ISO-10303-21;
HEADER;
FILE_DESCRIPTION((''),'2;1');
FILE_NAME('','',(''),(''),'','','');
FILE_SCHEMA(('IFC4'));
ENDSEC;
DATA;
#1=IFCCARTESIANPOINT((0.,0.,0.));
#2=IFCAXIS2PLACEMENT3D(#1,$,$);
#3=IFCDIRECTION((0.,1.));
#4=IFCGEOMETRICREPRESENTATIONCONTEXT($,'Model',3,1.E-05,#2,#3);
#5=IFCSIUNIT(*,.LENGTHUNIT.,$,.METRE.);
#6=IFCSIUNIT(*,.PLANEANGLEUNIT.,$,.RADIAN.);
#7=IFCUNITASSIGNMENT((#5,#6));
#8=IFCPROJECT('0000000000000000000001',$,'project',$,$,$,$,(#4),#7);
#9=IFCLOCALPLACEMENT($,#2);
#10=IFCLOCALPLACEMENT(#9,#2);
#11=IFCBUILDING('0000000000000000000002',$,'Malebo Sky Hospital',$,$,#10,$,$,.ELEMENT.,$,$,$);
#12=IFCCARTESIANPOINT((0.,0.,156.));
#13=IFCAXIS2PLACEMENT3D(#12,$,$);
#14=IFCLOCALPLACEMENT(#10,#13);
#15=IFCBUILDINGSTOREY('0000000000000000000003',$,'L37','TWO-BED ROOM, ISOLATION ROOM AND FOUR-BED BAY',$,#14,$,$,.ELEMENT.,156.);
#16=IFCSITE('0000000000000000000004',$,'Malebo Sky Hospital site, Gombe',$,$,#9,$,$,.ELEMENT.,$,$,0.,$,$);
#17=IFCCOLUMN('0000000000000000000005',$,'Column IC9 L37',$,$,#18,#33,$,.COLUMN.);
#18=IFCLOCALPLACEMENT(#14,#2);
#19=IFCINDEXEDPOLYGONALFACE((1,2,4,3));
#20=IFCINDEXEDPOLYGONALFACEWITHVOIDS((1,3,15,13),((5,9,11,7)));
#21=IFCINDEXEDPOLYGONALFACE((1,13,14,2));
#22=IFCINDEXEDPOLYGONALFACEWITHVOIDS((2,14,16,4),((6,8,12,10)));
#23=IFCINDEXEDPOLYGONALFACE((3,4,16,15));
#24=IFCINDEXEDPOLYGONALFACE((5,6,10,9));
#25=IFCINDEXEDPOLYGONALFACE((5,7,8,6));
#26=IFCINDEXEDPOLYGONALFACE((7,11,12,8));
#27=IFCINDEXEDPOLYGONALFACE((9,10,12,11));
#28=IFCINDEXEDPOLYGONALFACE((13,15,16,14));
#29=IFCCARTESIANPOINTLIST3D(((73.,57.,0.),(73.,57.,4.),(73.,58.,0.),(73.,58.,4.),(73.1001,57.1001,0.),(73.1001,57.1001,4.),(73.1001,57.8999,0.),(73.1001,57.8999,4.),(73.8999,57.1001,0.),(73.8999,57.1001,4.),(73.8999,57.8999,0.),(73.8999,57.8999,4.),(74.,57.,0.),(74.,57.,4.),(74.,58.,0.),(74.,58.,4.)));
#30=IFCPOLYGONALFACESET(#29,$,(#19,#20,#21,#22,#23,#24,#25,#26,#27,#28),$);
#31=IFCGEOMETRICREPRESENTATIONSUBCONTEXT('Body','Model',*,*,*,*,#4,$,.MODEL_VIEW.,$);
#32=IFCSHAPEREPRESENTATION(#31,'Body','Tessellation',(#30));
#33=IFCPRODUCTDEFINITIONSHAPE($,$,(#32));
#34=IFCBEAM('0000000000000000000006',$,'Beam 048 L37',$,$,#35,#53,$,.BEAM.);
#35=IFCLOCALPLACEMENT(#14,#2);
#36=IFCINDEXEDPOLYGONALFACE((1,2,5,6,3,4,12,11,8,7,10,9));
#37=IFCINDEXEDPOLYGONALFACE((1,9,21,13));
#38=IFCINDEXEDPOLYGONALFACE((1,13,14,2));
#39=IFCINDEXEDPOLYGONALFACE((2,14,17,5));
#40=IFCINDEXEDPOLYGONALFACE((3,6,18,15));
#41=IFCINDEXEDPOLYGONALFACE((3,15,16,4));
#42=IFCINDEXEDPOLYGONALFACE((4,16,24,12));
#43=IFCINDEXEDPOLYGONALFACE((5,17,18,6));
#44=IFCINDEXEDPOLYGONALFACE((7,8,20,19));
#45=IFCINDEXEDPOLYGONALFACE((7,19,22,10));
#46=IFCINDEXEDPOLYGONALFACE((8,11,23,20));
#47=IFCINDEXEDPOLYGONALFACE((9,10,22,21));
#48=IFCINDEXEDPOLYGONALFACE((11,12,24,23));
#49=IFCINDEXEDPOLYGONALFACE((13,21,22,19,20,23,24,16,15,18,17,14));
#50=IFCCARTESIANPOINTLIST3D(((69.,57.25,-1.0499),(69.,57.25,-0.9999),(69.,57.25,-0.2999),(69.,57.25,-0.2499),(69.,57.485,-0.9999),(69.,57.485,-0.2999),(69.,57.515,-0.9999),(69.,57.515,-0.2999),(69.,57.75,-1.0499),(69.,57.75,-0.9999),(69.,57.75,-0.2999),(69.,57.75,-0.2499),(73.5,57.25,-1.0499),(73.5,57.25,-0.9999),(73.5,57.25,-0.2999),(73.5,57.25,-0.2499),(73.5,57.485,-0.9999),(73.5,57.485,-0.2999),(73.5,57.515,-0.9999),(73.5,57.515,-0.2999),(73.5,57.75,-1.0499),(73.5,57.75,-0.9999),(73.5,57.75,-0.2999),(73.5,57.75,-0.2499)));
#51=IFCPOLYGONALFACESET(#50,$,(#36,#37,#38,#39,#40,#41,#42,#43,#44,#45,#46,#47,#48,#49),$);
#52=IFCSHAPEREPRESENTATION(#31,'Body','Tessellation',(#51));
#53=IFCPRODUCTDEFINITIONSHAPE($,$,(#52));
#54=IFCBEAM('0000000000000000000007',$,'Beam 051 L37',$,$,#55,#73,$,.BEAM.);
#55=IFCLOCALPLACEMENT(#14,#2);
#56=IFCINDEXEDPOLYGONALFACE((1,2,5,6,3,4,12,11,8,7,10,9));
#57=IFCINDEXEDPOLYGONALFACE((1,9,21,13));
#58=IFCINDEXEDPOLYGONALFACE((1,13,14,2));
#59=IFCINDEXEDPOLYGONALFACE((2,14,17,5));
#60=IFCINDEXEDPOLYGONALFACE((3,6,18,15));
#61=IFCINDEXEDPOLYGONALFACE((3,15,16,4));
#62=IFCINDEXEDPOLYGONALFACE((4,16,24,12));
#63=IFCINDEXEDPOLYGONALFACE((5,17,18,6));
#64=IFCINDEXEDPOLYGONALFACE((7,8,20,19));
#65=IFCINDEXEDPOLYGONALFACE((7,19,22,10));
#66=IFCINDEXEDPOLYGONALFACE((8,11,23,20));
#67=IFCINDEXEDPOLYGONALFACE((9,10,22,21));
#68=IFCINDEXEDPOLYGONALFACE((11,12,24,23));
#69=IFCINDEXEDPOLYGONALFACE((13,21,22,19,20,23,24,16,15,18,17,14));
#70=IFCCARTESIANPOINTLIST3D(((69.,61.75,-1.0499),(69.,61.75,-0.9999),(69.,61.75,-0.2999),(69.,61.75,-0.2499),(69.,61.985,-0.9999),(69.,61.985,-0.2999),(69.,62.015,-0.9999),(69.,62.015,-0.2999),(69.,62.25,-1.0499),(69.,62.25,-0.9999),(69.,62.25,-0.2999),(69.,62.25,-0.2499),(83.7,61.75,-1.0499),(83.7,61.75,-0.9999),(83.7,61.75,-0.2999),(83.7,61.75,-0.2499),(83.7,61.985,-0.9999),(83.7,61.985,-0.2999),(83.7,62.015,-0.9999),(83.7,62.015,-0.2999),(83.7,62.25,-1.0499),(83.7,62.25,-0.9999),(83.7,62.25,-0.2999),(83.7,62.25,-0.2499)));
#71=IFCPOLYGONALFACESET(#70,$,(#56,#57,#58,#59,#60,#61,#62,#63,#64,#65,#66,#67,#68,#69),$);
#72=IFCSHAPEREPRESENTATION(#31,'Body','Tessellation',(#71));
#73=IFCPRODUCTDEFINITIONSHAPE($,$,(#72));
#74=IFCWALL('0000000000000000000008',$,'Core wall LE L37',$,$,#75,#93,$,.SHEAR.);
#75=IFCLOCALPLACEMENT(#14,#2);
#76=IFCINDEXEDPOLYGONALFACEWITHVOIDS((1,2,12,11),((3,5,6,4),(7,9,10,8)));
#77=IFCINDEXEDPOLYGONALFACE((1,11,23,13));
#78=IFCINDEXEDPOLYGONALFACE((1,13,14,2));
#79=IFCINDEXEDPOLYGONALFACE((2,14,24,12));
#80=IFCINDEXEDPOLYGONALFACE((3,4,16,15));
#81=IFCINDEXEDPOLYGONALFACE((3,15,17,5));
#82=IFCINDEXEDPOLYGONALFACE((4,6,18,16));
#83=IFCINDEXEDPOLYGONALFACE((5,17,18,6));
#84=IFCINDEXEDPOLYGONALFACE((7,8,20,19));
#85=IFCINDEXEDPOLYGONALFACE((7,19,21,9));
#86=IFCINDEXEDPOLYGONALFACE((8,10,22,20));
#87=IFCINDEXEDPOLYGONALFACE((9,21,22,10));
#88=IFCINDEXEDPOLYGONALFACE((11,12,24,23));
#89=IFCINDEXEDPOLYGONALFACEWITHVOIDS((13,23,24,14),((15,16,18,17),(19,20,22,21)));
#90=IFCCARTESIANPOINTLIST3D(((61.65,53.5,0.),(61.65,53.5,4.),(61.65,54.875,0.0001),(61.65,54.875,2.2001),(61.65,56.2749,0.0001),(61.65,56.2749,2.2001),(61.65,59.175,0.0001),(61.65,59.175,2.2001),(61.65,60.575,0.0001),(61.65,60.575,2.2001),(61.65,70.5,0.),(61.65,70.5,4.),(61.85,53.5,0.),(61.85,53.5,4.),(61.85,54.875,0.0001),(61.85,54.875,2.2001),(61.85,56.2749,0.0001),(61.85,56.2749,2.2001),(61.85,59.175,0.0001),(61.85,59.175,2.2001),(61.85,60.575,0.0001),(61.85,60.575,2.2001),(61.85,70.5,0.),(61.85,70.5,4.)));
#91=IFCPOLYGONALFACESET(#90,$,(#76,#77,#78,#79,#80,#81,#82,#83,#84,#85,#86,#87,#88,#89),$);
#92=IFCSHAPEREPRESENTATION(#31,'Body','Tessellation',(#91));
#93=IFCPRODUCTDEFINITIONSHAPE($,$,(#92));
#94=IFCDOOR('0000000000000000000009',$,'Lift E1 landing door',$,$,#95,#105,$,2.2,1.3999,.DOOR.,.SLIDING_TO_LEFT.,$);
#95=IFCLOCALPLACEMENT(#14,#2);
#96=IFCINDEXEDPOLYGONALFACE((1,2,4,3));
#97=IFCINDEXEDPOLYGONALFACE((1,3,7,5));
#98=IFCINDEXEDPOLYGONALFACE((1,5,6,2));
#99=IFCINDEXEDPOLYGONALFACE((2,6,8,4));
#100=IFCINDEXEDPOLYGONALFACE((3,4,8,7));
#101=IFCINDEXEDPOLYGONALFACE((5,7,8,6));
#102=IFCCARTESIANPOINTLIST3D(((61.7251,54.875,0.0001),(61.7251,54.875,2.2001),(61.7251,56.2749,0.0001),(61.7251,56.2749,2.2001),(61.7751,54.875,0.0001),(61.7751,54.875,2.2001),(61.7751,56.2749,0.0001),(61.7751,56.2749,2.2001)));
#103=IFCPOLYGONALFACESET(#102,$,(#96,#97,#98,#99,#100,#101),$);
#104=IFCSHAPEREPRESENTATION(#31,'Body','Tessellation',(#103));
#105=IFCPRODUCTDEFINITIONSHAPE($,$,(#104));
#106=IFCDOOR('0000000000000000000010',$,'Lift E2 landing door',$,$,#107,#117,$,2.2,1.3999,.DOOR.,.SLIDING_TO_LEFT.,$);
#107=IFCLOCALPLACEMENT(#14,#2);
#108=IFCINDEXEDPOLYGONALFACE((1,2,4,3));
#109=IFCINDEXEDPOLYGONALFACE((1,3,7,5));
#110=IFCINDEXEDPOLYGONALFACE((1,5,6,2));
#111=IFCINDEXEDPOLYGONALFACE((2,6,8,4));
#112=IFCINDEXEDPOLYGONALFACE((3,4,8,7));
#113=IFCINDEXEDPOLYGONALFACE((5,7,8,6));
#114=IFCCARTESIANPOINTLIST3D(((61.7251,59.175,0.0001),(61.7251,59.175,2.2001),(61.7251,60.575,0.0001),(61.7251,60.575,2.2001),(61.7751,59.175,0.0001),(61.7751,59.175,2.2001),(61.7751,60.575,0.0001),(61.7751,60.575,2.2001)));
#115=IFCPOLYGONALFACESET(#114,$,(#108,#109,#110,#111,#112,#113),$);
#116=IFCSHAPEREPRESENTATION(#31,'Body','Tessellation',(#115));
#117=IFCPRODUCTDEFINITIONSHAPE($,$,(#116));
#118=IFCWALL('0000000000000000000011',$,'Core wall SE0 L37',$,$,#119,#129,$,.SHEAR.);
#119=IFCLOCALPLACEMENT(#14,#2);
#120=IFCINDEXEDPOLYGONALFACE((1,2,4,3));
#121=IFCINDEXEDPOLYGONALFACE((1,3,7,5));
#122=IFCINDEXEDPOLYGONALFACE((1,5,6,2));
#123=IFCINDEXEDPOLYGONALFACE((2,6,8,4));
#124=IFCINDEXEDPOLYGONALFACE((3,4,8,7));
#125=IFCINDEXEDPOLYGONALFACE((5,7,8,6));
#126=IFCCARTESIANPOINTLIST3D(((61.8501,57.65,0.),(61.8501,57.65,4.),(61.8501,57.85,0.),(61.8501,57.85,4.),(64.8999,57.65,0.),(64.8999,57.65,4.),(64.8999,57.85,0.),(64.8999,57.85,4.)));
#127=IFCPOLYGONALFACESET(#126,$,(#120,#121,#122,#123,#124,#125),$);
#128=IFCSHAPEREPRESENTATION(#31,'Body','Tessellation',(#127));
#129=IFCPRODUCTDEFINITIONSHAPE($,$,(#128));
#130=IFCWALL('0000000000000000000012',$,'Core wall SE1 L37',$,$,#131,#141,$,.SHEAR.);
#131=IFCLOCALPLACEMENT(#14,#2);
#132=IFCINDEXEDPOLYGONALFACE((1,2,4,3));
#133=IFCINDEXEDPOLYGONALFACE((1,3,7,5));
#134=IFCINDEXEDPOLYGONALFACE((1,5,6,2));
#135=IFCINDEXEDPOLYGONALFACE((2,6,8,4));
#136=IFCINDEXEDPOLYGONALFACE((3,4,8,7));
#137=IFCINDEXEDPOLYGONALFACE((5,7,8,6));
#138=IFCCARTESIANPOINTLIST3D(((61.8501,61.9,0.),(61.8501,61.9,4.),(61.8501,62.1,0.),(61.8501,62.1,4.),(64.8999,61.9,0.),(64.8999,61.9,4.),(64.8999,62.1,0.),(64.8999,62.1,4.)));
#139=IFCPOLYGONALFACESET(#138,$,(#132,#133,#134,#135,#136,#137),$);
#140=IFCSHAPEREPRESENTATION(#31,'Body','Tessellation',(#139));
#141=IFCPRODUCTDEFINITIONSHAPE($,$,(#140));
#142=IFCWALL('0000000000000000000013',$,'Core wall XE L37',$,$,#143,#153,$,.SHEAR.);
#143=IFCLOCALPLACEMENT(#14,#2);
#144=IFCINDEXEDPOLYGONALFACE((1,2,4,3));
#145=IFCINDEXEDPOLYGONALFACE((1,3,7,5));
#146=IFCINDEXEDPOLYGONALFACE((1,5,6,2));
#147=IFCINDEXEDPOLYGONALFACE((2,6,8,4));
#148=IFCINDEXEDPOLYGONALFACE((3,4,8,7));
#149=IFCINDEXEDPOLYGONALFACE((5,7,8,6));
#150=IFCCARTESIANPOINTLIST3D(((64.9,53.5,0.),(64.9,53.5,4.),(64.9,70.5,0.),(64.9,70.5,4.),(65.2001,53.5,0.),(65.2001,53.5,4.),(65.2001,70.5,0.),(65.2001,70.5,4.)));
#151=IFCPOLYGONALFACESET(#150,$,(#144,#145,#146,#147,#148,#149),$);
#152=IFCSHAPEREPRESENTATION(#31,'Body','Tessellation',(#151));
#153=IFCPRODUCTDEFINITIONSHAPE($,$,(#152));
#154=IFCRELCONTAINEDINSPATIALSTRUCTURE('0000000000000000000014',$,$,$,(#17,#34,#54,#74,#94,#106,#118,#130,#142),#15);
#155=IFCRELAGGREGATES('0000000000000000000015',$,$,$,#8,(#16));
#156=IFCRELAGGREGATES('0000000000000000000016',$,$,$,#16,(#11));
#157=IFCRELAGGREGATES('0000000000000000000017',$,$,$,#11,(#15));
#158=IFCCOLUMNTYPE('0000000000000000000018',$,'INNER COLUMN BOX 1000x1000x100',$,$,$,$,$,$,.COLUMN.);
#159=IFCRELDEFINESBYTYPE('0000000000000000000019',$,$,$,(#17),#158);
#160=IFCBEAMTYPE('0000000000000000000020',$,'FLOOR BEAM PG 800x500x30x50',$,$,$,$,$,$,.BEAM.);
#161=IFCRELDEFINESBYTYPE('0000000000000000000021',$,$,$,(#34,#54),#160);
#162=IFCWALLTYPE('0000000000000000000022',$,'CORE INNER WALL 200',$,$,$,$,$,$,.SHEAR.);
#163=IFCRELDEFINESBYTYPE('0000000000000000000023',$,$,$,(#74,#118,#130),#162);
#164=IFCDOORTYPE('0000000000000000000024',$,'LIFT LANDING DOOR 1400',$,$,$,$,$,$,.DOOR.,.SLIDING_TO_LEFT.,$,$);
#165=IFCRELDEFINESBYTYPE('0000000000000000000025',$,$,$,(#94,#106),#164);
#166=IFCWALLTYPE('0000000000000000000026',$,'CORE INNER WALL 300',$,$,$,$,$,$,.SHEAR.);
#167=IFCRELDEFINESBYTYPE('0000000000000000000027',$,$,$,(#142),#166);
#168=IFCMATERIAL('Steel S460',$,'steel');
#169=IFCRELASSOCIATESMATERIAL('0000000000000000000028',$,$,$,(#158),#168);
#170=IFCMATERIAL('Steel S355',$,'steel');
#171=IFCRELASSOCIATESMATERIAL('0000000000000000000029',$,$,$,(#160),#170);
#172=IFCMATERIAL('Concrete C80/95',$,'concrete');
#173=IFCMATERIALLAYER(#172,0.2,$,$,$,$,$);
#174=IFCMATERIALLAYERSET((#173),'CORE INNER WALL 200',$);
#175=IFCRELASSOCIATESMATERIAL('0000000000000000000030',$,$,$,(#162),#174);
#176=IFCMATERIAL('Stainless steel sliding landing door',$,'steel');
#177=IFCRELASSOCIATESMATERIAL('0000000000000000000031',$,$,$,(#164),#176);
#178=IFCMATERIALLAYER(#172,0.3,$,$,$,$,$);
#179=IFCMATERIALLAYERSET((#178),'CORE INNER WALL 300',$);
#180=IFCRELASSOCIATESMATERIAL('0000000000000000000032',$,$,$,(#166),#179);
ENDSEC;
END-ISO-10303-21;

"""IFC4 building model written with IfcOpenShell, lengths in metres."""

from ifc_helpers import new_model, si_unit, direction, frame, frame_2d, origin, origin_2d, place, context, subcontext, project, spatial, rectangle, hollow_rectangle, i_section, extrude, material, layer, layer_set, material_profile, profile_set, type_object, element, fill, save


model = new_model("IFC4")

# Units and contexts
model_context = context("Model", 3, precision=1e-05, world=origin(), true_north=direction((0.0, 1.0)))
body_context = subcontext(model_context, "Body", "Model", "MODEL_VIEW")
ifc_project = project(units=[si_unit("LENGTHUNIT", "METRE"), si_unit("PLANEANGLEUNIT", "RADIAN")], contexts=[model_context])

# Site, building, storey
site_placement = place(None, origin())
site = spatial("IfcSite", under=ifc_project, at=site_placement, Name="Malebo Sky Hospital site, Gombe", CompositionType="ELEMENT", RefElevation=0.0)
building_placement = place(site_placement, origin())
building = spatial("IfcBuilding", under=site, at=building_placement, Name="Malebo Sky Hospital", CompositionType="ELEMENT")
storey_placement = place(building_placement, frame((0.0, 0.0, 156.0)))
storey = spatial("IfcBuildingStorey", under=building, at=storey_placement, Name="L37", Description="TWO-BED ROOM, ISOLATION ROOM AND FOUR-BED BAY", CompositionType="ELEMENT", Elevation=156.0)

# Column
ifc_material_1 = material(Name="Steel S460", Category="steel")
ifc_material_profile_1 = material_profile(ifc_material_1, hollow_rectangle(XDim=1.0, YDim=1.0, WallThickness=0.1001, at=origin_2d()), Name="BOX 1000x1000x100")
ifc_profile_set_1 = profile_set([ifc_material_profile_1], Name="Steel S460")
column_type = type_object("IfcColumnType", Name="INNER COLUMN BOX 1000x1000x100", PredefinedType="COLUMN", material=ifc_profile_set_1)
column_placement = place(storey_placement, frame((73.5, 57.5, 0.0), z_axis=(0.0, 0.0, 1.0), x_axis=(1.0, 0.0, 0.0)))
element("IfcColumn", 1, at=column_placement, inside=storey, type_object=column_type, Name="Column IC9 L37", PredefinedType="COLUMN", context=body_context, shape_type="SweptSolid", body=[
    extrude(hollow_rectangle(XDim=1.0, YDim=1.0, WallThickness=0.1001, at=origin_2d()), origin(), (0.0, 0.0, 1.0), 4.0),
])

# Beams
ifc_material_2 = material(Name="Steel S355", Category="steel")
ifc_material_profile_2 = material_profile(ifc_material_2, i_section(OverallWidth=0.5, OverallDepth=0.8, WebThickness=0.03, FlangeThickness=0.05, at=origin_2d()), Name="PG 800x500x30x50")
ifc_profile_set_2 = profile_set([ifc_material_profile_2], Name="Steel S355")
beam_type = type_object("IfcBeamType", Name="FLOOR BEAM PG 800x500x30x50", PredefinedType="BEAM", material=ifc_profile_set_2)
beam_1_placement = place(storey_placement, frame((69.0, 57.5, -0.6499), z_axis=(1.0, 0.0, 0.0), x_axis=(0.0, 1.0, 0.0)))
element("IfcBeam", 2, at=beam_1_placement, inside=storey, type_object=beam_type, Name="Beam 048 L37", PredefinedType="BEAM", context=body_context, shape_type="SweptSolid", body=[
    extrude(i_section(OverallWidth=0.5, OverallDepth=0.8, WebThickness=0.03, FlangeThickness=0.05, at=origin_2d()), origin(), (0.0, 0.0, 1.0), 4.5),
])
beam_2_placement = place(storey_placement, frame((69.0, 62.0, -0.6499), z_axis=(1.0, 0.0, 0.0), x_axis=(0.0, 1.0, 0.0)))
element("IfcBeam", 3, at=beam_2_placement, inside=storey, type_object=beam_type, Name="Beam 051 L37", PredefinedType="BEAM", context=body_context, shape_type="SweptSolid", body=[
    extrude(i_section(OverallWidth=0.5, OverallDepth=0.8, WebThickness=0.03, FlangeThickness=0.05, at=origin_2d()), origin(), (0.0, 0.0, 1.0), 14.7),
])

# Wall, openings, doors
ifc_material_3 = material(Name="Concrete C80/95", Category="concrete")
ifc_layer_1 = layer(ifc_material_3, 0.2)
ifc_layer_set_1 = layer_set([ifc_layer_1], Name="CORE INNER WALL 200")
wall_type_1 = type_object("IfcWallType", Name="CORE INNER WALL 200", PredefinedType="SHEAR", material=ifc_layer_set_1)
wall_1_placement = place(storey_placement, frame((61.75, 53.5, 0.0), z_axis=(0.0, 0.0, 1.0), x_axis=(0.0, 1.0, 0.0)))
wall_1 = element("IfcWall", 4, at=wall_1_placement, inside=storey, type_object=wall_type_1, Name="Core wall LE L37", PredefinedType="SHEAR", context=body_context, shape_type="SweptSolid", body=[
    extrude(rectangle(XDim=17.0, YDim=0.2, at=frame_2d((8.5, 0.0))), origin(), (0.0, 0.0, 1.0), 4.0),
])
opening_1_placement = place(wall_1_placement, frame((1.375, 0.0, 0.0)))
opening_1 = element("IfcOpeningElement", 5, at=opening_1_placement, cuts=wall_1, PredefinedType="OPENING", context=body_context, shape_type="SweptSolid", body=[
    extrude(rectangle(XDim=1.3999, YDim=2.2, at=frame_2d((0.7, 1.1001))), frame((0.0, 0.1099, 0.0), z_axis=(0.0, -1.0, 0.0), x_axis=(1.0, 0.0, 0.0)), (0.0, 0.0, 1.0), 0.22),
])
opening_2_placement = place(wall_1_placement, frame((5.675, 0.0, 0.0)))
opening_2 = element("IfcOpeningElement", 6, at=opening_2_placement, cuts=wall_1, PredefinedType="OPENING", context=body_context, shape_type="SweptSolid", body=[
    extrude(rectangle(XDim=1.3999, YDim=2.2, at=frame_2d((0.7, 1.1001))), frame((0.0, 0.1099, 0.0), z_axis=(0.0, -1.0, 0.0), x_axis=(1.0, 0.0, 0.0)), (0.0, 0.0, 1.0), 0.22),
])
ifc_material_4 = material(Name="Stainless steel sliding landing door", Category="steel")
door_type_1 = type_object("IfcDoorType", Name="LIFT LANDING DOOR 1400", OperationType="SLIDING_TO_LEFT", PredefinedType="DOOR", material=ifc_material_4)
door_1_placement = place(opening_1_placement, origin())
door_1 = element("IfcDoor", 7, at=door_1_placement, inside=storey, type_object=door_type_1, Name="Lift E1 landing door", OperationType="SLIDING_TO_LEFT", OverallHeight=2.2, OverallWidth=1.3999, PredefinedType="DOOR", context=body_context, shape_type="SweptSolid", body=[
    extrude(rectangle(XDim=1.3999, YDim=2.2, at=frame_2d((0.7, 1.1001))), frame((0.0, 0.0249, 0.0), z_axis=(0.0, -1.0, 0.0), x_axis=(1.0, 0.0, 0.0)), (0.0, 0.0, 1.0), 0.05),
])
fill(opening_1, door_1)
door_2_placement = place(opening_2_placement, origin())
door_2 = element("IfcDoor", 8, at=door_2_placement, inside=storey, type_object=door_type_1, Name="Lift E2 landing door", OperationType="SLIDING_TO_LEFT", OverallHeight=2.2, OverallWidth=1.3999, PredefinedType="DOOR", context=body_context, shape_type="SweptSolid", body=[
    extrude(rectangle(XDim=1.3999, YDim=2.2, at=frame_2d((0.7, 1.1001))), frame((0.0, 0.0249, 0.0), z_axis=(0.0, -1.0, 0.0), x_axis=(1.0, 0.0, 0.0)), (0.0, 0.0, 1.0), 0.05),
])
fill(opening_2, door_2)

# Walls
for number, where, z_axis, x_axis, name in (
    (9, (61.8501, 57.75, 0.0), (0.0, 0.0, 1.0), (1.0, 0.0, 0.0), "Core wall SE0 L37"),
    (10, (61.8501, 62.0, 0.0), (0.0, 0.0, 1.0), (1.0, 0.0, 0.0), "Core wall SE1 L37"),
):
    element("IfcWall", number, at=place(storey_placement, frame(where, z_axis=z_axis, x_axis=x_axis)), inside=storey, type_object=wall_type_1, Name=name, PredefinedType="SHEAR", context=body_context, shape_type="SweptSolid", body=[
        extrude(rectangle(XDim=3.0498, YDim=0.2, at=frame_2d((1.5249, 0.0))), origin(), (0.0, 0.0, 1.0), 4.0),
    ])
ifc_layer_2 = layer(ifc_material_3, 0.3)
ifc_layer_set_2 = layer_set([ifc_layer_2], Name="CORE INNER WALL 300")
wall_type_2 = type_object("IfcWallType", Name="CORE INNER WALL 300", PredefinedType="SHEAR", material=ifc_layer_set_2)
wall_2_placement = place(storey_placement, frame((65.05, 53.5, 0.0), z_axis=(0.0, 0.0, 1.0), x_axis=(0.0, 1.0, 0.0)))
element("IfcWall", 11, at=wall_2_placement, inside=storey, type_object=wall_type_2, Name="Core wall XE L37", PredefinedType="SHEAR", context=body_context, shape_type="SweptSolid", body=[
    extrude(rectangle(XDim=17.0, YDim=0.3, at=frame_2d((8.5, 0.0))), origin(), (0.0, 0.0, 1.0), 4.0),
])

save(model, "model.ifc")
